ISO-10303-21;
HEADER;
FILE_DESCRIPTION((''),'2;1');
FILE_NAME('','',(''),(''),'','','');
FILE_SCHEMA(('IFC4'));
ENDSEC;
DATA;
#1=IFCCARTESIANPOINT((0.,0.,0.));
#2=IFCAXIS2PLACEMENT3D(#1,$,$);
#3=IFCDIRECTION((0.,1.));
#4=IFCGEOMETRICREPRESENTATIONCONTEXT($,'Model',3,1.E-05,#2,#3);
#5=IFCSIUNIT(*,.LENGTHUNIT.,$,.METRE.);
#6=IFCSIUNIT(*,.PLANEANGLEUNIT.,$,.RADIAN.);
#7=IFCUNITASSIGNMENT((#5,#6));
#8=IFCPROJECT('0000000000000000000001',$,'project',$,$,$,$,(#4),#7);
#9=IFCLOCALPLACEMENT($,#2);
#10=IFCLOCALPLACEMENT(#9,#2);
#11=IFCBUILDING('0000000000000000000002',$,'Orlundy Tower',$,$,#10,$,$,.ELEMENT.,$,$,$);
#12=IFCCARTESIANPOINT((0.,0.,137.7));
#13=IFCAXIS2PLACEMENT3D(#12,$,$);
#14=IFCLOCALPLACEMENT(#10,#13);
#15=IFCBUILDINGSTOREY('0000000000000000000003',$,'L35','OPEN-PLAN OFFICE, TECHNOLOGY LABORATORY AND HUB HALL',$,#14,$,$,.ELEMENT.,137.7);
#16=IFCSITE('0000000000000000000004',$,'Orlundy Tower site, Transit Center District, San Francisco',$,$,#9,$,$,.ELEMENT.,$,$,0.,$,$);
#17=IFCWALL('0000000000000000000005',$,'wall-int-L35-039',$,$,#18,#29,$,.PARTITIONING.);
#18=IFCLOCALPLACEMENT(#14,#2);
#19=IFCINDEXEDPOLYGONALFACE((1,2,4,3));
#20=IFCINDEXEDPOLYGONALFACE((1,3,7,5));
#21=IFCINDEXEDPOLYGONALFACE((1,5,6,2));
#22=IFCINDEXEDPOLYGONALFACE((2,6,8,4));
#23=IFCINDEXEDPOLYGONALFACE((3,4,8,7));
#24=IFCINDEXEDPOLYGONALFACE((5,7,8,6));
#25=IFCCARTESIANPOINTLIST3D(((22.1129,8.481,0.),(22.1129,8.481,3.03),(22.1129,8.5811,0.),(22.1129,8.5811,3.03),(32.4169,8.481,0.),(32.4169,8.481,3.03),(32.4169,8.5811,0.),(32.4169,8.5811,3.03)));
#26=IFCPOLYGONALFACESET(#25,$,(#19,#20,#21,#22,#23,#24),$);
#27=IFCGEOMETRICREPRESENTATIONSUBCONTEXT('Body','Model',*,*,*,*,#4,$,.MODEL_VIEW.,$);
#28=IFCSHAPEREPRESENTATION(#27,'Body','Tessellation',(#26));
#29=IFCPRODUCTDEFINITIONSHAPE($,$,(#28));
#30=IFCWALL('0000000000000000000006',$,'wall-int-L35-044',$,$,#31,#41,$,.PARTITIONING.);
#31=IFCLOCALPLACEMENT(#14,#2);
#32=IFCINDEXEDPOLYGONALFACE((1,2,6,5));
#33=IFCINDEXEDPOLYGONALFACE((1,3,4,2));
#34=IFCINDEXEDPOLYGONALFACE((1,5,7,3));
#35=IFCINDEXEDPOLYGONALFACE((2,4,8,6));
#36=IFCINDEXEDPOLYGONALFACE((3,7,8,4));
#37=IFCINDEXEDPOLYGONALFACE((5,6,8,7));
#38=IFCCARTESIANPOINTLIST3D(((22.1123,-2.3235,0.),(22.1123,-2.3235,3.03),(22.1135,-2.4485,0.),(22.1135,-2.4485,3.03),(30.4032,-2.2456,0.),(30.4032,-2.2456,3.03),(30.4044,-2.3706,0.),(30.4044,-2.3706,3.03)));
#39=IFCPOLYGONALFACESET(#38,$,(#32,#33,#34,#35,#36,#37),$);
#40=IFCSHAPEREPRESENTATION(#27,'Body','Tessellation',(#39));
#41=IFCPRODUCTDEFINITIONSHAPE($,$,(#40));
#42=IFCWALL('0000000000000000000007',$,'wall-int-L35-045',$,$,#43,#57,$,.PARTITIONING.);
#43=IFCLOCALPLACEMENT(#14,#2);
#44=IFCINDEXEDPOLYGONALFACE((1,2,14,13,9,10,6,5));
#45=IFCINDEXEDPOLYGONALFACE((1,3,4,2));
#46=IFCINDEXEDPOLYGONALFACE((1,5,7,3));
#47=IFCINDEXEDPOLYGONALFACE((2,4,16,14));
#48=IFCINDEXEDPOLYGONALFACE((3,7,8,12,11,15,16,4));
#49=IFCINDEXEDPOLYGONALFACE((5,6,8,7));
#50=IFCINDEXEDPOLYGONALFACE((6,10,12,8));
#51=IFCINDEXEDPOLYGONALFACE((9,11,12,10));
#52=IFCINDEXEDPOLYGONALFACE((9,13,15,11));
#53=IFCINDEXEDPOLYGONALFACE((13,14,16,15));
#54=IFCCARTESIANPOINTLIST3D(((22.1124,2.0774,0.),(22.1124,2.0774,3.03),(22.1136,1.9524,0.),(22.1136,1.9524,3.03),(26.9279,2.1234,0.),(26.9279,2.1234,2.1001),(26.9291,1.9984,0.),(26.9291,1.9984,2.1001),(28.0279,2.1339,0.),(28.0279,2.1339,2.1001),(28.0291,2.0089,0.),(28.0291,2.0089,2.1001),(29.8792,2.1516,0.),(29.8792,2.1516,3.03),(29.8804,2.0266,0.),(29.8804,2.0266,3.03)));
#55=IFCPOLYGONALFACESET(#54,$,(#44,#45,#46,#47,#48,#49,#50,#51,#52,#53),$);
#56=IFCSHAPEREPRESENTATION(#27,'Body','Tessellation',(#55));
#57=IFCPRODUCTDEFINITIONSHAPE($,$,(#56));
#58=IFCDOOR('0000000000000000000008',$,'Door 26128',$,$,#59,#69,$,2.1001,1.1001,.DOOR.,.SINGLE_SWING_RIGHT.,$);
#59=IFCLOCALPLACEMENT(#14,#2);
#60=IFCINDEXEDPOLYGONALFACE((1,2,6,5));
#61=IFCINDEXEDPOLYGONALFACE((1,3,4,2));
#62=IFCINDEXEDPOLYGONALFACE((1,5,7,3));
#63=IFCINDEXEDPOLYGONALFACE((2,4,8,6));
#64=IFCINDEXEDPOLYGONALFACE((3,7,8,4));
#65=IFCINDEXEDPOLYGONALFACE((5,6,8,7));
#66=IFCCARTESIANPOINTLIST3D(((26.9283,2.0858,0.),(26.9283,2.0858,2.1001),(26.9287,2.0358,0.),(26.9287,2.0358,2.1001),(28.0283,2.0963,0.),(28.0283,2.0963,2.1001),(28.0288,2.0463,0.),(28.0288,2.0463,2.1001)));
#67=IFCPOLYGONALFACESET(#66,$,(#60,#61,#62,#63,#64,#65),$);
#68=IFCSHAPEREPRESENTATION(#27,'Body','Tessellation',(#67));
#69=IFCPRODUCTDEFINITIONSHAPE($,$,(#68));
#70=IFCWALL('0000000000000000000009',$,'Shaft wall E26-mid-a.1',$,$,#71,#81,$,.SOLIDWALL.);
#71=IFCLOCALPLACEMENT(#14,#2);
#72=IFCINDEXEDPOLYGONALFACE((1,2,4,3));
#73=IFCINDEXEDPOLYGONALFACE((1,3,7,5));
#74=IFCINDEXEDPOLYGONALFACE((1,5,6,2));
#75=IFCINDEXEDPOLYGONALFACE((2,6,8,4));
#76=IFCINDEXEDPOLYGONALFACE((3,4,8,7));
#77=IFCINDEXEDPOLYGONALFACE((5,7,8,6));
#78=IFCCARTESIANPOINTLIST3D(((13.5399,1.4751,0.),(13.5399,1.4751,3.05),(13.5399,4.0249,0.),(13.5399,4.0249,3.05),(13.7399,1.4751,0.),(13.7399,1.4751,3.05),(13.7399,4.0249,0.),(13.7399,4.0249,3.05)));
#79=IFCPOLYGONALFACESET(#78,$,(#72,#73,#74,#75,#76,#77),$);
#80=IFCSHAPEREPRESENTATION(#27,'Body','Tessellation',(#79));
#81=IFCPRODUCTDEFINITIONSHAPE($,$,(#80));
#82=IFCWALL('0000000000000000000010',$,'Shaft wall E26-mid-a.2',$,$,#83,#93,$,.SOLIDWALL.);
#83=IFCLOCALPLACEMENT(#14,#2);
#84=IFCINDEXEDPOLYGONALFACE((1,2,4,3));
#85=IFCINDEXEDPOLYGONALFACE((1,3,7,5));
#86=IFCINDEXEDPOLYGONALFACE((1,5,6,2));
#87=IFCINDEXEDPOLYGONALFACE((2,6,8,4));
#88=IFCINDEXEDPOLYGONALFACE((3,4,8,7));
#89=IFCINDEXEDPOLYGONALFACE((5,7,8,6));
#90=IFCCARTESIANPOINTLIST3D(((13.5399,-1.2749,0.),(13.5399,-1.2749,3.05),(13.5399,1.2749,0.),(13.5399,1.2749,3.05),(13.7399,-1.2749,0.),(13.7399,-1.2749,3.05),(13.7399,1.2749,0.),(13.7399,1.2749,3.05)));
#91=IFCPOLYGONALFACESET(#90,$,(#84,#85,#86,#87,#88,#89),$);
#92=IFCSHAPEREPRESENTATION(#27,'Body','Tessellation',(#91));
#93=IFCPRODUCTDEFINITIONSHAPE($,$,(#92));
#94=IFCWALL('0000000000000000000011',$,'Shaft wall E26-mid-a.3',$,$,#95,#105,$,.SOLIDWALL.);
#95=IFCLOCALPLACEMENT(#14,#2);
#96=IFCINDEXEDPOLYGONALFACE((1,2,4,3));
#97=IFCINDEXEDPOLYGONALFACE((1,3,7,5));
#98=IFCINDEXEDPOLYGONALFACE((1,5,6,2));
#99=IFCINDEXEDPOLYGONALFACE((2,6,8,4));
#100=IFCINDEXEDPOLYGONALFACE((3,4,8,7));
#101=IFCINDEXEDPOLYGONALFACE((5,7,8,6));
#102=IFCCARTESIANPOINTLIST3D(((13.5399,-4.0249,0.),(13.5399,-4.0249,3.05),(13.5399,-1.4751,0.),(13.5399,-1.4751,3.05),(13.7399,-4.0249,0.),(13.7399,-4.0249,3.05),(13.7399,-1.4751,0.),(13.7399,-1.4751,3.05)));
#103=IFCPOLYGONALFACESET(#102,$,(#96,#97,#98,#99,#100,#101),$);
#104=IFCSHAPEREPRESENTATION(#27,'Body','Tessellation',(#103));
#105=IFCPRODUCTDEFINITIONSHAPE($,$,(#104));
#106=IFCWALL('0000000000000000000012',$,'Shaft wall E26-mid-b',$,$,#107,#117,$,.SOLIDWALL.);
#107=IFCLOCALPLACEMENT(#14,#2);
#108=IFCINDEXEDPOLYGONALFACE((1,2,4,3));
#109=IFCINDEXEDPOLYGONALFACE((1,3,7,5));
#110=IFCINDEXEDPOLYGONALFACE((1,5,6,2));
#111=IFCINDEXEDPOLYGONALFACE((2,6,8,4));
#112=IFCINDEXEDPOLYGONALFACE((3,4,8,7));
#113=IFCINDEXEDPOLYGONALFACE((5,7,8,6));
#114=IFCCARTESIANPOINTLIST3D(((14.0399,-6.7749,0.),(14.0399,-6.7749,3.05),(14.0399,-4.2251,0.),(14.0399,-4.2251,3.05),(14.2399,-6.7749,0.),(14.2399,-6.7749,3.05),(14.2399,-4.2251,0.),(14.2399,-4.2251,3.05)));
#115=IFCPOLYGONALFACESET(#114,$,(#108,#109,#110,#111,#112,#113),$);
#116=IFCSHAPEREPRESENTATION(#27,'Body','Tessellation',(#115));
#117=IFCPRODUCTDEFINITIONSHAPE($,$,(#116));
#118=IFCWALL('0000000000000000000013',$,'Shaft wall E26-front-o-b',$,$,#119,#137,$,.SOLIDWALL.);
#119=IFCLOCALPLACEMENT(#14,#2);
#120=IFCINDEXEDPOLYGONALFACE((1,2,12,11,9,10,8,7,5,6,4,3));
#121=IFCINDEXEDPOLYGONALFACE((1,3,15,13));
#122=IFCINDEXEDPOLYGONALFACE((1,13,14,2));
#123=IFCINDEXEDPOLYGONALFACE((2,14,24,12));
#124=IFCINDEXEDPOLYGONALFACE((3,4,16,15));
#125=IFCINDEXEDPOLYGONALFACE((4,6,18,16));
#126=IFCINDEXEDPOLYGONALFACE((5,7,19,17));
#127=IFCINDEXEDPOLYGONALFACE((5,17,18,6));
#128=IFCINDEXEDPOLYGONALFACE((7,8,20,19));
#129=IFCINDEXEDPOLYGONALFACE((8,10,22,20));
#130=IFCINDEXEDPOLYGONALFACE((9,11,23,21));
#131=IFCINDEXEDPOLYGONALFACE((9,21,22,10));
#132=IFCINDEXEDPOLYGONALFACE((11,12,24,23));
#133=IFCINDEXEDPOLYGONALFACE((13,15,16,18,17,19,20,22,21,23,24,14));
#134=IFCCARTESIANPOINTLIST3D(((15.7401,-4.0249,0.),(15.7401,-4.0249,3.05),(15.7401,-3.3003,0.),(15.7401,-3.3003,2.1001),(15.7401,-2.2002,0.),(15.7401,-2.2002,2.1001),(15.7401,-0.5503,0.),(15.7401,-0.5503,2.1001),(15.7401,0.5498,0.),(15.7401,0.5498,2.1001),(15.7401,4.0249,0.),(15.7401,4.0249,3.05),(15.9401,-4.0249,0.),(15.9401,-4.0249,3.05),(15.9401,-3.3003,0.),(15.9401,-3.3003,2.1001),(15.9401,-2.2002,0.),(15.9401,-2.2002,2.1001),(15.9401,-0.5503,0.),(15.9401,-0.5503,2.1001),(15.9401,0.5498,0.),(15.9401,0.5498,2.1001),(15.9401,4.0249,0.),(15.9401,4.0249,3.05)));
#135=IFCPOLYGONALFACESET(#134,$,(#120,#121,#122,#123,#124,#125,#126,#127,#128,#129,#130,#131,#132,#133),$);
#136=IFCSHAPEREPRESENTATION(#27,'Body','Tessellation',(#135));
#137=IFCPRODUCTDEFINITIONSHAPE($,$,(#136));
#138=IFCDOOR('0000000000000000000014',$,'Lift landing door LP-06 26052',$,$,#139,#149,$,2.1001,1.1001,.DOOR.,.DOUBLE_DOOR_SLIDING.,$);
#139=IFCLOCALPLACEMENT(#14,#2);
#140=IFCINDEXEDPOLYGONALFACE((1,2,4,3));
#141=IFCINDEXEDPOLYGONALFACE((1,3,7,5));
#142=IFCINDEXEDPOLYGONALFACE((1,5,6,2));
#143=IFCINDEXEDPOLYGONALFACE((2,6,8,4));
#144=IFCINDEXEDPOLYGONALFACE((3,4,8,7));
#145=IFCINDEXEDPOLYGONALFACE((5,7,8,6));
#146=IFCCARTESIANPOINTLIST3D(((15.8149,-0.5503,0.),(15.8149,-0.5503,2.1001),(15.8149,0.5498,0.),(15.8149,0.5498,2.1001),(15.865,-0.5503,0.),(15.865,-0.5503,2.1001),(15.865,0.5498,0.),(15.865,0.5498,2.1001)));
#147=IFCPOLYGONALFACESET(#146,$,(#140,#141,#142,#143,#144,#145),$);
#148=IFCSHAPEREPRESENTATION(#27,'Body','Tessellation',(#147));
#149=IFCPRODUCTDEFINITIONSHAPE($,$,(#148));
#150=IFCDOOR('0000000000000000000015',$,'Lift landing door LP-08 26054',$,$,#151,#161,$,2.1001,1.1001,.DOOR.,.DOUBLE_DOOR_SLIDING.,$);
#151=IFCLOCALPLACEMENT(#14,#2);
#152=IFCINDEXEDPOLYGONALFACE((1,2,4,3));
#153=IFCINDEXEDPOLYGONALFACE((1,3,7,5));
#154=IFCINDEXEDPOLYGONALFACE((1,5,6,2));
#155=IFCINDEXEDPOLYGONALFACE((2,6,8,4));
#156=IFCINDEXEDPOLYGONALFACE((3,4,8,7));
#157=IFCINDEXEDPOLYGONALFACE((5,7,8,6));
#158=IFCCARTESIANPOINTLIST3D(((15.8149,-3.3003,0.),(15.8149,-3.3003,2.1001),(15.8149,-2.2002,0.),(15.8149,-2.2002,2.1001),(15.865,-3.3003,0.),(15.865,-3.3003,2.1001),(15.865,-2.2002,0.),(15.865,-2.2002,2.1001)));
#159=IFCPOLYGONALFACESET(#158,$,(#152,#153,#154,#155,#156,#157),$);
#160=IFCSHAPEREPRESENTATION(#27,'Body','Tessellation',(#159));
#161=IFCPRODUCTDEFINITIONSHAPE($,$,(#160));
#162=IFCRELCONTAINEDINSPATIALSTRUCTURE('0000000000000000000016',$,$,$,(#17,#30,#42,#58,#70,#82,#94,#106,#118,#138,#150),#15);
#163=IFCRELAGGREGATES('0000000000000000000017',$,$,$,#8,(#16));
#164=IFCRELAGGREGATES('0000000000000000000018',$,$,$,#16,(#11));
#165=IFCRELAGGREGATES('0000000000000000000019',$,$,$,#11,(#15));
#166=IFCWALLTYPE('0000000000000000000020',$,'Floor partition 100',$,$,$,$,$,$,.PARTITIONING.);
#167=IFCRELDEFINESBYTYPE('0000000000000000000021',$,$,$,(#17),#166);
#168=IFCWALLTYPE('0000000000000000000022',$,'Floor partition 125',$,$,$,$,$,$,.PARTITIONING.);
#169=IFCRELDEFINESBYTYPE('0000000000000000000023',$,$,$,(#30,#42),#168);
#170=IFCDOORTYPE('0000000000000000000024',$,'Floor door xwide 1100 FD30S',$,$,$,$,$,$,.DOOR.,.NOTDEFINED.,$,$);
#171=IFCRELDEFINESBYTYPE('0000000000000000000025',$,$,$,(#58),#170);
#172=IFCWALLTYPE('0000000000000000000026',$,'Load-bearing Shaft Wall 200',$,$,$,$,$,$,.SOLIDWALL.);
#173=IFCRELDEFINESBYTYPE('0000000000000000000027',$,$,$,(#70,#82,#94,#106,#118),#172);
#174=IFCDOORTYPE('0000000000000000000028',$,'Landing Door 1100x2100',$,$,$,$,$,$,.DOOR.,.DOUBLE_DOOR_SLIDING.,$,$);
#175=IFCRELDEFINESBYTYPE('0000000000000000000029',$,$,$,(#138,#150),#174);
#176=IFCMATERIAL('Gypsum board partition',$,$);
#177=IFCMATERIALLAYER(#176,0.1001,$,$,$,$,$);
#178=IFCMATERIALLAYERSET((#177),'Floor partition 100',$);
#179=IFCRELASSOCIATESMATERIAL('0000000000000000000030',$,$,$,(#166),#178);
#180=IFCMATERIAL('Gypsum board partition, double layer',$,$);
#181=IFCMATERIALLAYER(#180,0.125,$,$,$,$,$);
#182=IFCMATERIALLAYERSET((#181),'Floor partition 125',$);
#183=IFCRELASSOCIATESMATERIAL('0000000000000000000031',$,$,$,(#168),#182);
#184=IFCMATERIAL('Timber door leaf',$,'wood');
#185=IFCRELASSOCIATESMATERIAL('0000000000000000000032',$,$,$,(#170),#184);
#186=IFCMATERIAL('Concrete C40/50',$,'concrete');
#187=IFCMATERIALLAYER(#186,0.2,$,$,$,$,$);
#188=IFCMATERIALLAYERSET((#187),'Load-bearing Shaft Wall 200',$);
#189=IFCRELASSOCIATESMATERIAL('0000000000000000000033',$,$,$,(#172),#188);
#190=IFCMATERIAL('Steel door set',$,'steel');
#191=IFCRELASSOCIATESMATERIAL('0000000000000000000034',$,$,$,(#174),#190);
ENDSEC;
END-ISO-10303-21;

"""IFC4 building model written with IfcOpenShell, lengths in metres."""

from ifc_helpers import new_model, si_unit, direction, frame, frame_2d, origin, place, context, subcontext, project, spatial, rectangle, extrude, material, layer, layer_set, type_object, element, fill, save


model = new_model("IFC4")

# Units and contexts
model_context = context("Model", 3, precision=1e-05, world=origin(), true_north=direction((0.0, 1.0)))
body_context = subcontext(model_context, "Body", "Model", "MODEL_VIEW")
ifc_project = project(units=[si_unit("LENGTHUNIT", "METRE"), si_unit("PLANEANGLEUNIT", "RADIAN")], contexts=[model_context])

# Site, building, storey
site_placement = place(None, origin())
site = spatial("IfcSite", under=ifc_project, at=site_placement, Name="Orlundy Tower site, Transit Center District, San Francisco", CompositionType="ELEMENT", RefElevation=0.0)
building_placement = place(site_placement, origin())
building = spatial("IfcBuilding", under=site, at=building_placement, Name="Orlundy Tower", CompositionType="ELEMENT")
storey_placement = place(building_placement, frame((0.0, 0.0, 137.7)))
storey = spatial("IfcBuildingStorey", under=building, at=storey_placement, Name="L35", Description="OPEN-PLAN OFFICE, TECHNOLOGY LABORATORY AND HUB HALL", CompositionType="ELEMENT", Elevation=137.7)

# Walls
ifc_material_1 = material(Name="Gypsum board partition")
ifc_layer_1 = layer(ifc_material_1, 0.1001)
ifc_layer_set_1 = layer_set([ifc_layer_1], Name="Floor partition 100")
wall_type_1 = type_object("IfcWallType", Name="Floor partition 100", PredefinedType="PARTITIONING", material=ifc_layer_set_1)
wall_1_placement = place(storey_placement, frame((22.113, 8.531, 0.0), z_axis=(0.0, 0.0, 1.0), x_axis=(1.0, 0.0, 0.0)))
element("IfcWall", 1, at=wall_1_placement, inside=storey, type_object=wall_type_1, Name="wall-int-L35-039", PredefinedType="PARTITIONING", context=body_context, shape_type="SweptSolid", body=[
    extrude(rectangle(XDim=10.304, YDim=0.1001, at=frame_2d((5.1519, 0.0))), origin(), (0.0, 0.0, 1.0), 3.03),
])
ifc_material_2 = material(Name="Gypsum board partition, double layer")
ifc_layer_2 = layer(ifc_material_2, 0.125)
ifc_layer_set_2 = layer_set([ifc_layer_2], Name="Floor partition 125")
wall_type_2 = type_object("IfcWallType", Name="Floor partition 125", PredefinedType="PARTITIONING", material=ifc_layer_set_2)
wall_2_placement = place(storey_placement, frame((22.113, -2.386, 0.0), z_axis=(0.0, 0.0, 1.0), x_axis=(0.999956, 0.009393, 0.0)))
element("IfcWall", 2, at=wall_2_placement, inside=storey, type_object=wall_type_2, Name="wall-int-L35-044", PredefinedType="PARTITIONING", context=body_context, shape_type="SweptSolid", body=[
    extrude(rectangle(XDim=8.2913, YDim=0.125, at=frame_2d((4.1455, 0.0))), origin(), (0.0, 0.0, 1.0), 3.03),
])

# Wall, opening, door
wall_3_placement = place(storey_placement, frame((22.113, 2.0149, 0.0), z_axis=(0.0, 0.0, 1.0), x_axis=(0.999954, 0.009555, 0.0)))
wall_3 = element("IfcWall", 3, at=wall_3_placement, inside=storey, type_object=wall_type_2, Name="wall-int-L35-045", PredefinedType="PARTITIONING", context=body_context, shape_type="SweptSolid", body=[
    extrude(rectangle(XDim=7.7671, YDim=0.125, at=frame_2d((3.8835, 0.0))), origin(), (0.0, 0.0, 1.0), 3.03),
])
opening_1_placement = place(wall_3_placement, frame((4.8157, 0.0, 0.0)))
opening_1 = element("IfcOpeningElement", 4, at=opening_1_placement, cuts=wall_3, PredefinedType="OPENING", context=body_context, shape_type="SweptSolid", body=[
    extrude(rectangle(XDim=1.1001, YDim=2.1001, at=frame_2d((0.55, 1.05))), frame((0.0, 0.0725, 0.0), z_axis=(0.0, -1.0, 0.0), x_axis=(1.0, 0.0, 0.0)), (0.0, 0.0, 1.0), 0.145),
])
ifc_material_3 = material(Name="Timber door leaf", Category="wood")
door_type_1 = type_object("IfcDoorType", Name="Floor door xwide 1100 FD30S", OperationType="NOTDEFINED", PredefinedType="DOOR", material=ifc_material_3)
door_1_placement = place(opening_1_placement, origin())
door_1 = element("IfcDoor", 5, at=door_1_placement, inside=storey, type_object=door_type_1, Name="Door 26128", OperationType="SINGLE_SWING_RIGHT", OverallHeight=2.1001, OverallWidth=1.1001, PredefinedType="DOOR", context=body_context, shape_type="SweptSolid", body=[
    extrude(rectangle(XDim=1.1001, YDim=2.1001, at=frame_2d((0.55, 1.05))), frame((0.0, 0.0249, 0.0), z_axis=(0.0, -1.0, 0.0), x_axis=(1.0, 0.0, 0.0)), (0.0, 0.0, 1.0), 0.05),
])
fill(opening_1, door_1)

# Walls
ifc_material_4 = material(Name="Concrete C40/50", Category="concrete")
ifc_layer_3 = layer(ifc_material_4, 0.2)
ifc_layer_set_3 = layer_set([ifc_layer_3], Name="Load-bearing Shaft Wall 200")
wall_type_3 = type_object("IfcWallType", Name="Load-bearing Shaft Wall 200", PredefinedType="SOLIDWALL", material=ifc_layer_set_3)
for number, where, z_axis, x_axis, name in (
    (6, (13.6399, 4.0249, 0.0), (0.0, 0.0, 1.0), (0.0, -1.0, 0.0), "Shaft wall E26-mid-a.1"),
    (7, (13.6399, 1.2749, 0.0), (0.0, 0.0, 1.0), (0.0, -1.0, 0.0), "Shaft wall E26-mid-a.2"),
    (8, (13.6399, -1.4751, 0.0), (0.0, 0.0, 1.0), (0.0, -1.0, 0.0), "Shaft wall E26-mid-a.3"),
    (9, (14.1399, -4.2251, 0.0), (0.0, 0.0, 1.0), (0.0, -1.0, 0.0), "Shaft wall E26-mid-b"),
):
    element("IfcWall", number, at=place(storey_placement, frame(where, z_axis=z_axis, x_axis=x_axis)), inside=storey, type_object=wall_type_3, Name=name, PredefinedType="SOLIDWALL", context=body_context, shape_type="SweptSolid", body=[
        extrude(rectangle(XDim=2.5498, YDim=0.2, at=frame_2d((1.2749, 0.0))), origin(), (0.0, 0.0, 1.0), 3.05),
    ])

# Wall, openings, doors
wall_4_placement = place(storey_placement, frame((15.8401, 4.0249, 0.0), z_axis=(0.0, 0.0, 1.0), x_axis=(0.0, -1.0, 0.0)))
wall_4 = element("IfcWall", 10, at=wall_4_placement, inside=storey, type_object=wall_type_3, Name="Shaft wall E26-front-o-b", PredefinedType="SOLIDWALL", context=body_context, shape_type="SweptSolid", body=[
    extrude(rectangle(XDim=8.0498, YDim=0.2, at=frame_2d((4.0249, 0.0))), origin(), (0.0, 0.0, 1.0), 3.05),
])
opening_2_placement = place(wall_4_placement, frame((3.4751, 0.0, 0.0)))
opening_2 = element("IfcOpeningElement", 11, at=opening_2_placement, cuts=wall_4, PredefinedType="OPENING", context=body_context, shape_type="SweptSolid", body=[
    extrude(rectangle(XDim=1.1001, YDim=2.1001, at=frame_2d((0.55, 1.05))), frame((0.0, 0.1101, 0.0), z_axis=(0.0, -1.0, 0.0), x_axis=(1.0, 0.0, 0.0)), (0.0, 0.0, 1.0), 0.2202),
])
opening_3_placement = place(wall_4_placement, frame((6.2251, 0.0, 0.0)))
opening_3 = element("IfcOpeningElement", 12, at=opening_3_placement, cuts=wall_4, PredefinedType="OPENING", context=body_context, shape_type="SweptSolid", body=[
    extrude(rectangle(XDim=1.1001, YDim=2.1001, at=frame_2d((0.55, 1.05))), frame((0.0, 0.1101, 0.0), z_axis=(0.0, -1.0, 0.0), x_axis=(1.0, 0.0, 0.0)), (0.0, 0.0, 1.0), 0.2202),
])
ifc_material_5 = material(Name="Steel door set", Category="steel")
door_type_2 = type_object("IfcDoorType", Name="Landing Door 1100x2100", OperationType="DOUBLE_DOOR_SLIDING", PredefinedType="DOOR", material=ifc_material_5)
door_2_placement = place(opening_2_placement, origin())
door_2 = element("IfcDoor", 13, at=door_2_placement, inside=storey, type_object=door_type_2, Name="Lift landing door LP-06 26052", OperationType="DOUBLE_DOOR_SLIDING", OverallHeight=2.1001, OverallWidth=1.1001, PredefinedType="DOOR", context=body_context, shape_type="SweptSolid", body=[
    extrude(rectangle(XDim=1.1001, YDim=2.1001, at=frame_2d((0.55, 1.05))), frame((0.0, 0.0249, 0.0), z_axis=(0.0, -1.0, 0.0), x_axis=(1.0, 0.0, 0.0)), (0.0, 0.0, 1.0), 0.05),
])
fill(opening_2, door_2)
door_3_placement = place(opening_3_placement, origin())
door_3 = element("IfcDoor", 14, at=door_3_placement, inside=storey, type_object=door_type_2, Name="Lift landing door LP-08 26054", OperationType="DOUBLE_DOOR_SLIDING", OverallHeight=2.1001, OverallWidth=1.1001, PredefinedType="DOOR", context=body_context, shape_type="SweptSolid", body=[
    extrude(rectangle(XDim=1.1001, YDim=2.1001, at=frame_2d((0.55, 1.05))), frame((0.0, 0.0249, 0.0), z_axis=(0.0, -1.0, 0.0), x_axis=(1.0, 0.0, 0.0)), (0.0, 0.0, 1.0), 0.05),
])
fill(opening_3, door_3)

save(model, "model.ifc")
